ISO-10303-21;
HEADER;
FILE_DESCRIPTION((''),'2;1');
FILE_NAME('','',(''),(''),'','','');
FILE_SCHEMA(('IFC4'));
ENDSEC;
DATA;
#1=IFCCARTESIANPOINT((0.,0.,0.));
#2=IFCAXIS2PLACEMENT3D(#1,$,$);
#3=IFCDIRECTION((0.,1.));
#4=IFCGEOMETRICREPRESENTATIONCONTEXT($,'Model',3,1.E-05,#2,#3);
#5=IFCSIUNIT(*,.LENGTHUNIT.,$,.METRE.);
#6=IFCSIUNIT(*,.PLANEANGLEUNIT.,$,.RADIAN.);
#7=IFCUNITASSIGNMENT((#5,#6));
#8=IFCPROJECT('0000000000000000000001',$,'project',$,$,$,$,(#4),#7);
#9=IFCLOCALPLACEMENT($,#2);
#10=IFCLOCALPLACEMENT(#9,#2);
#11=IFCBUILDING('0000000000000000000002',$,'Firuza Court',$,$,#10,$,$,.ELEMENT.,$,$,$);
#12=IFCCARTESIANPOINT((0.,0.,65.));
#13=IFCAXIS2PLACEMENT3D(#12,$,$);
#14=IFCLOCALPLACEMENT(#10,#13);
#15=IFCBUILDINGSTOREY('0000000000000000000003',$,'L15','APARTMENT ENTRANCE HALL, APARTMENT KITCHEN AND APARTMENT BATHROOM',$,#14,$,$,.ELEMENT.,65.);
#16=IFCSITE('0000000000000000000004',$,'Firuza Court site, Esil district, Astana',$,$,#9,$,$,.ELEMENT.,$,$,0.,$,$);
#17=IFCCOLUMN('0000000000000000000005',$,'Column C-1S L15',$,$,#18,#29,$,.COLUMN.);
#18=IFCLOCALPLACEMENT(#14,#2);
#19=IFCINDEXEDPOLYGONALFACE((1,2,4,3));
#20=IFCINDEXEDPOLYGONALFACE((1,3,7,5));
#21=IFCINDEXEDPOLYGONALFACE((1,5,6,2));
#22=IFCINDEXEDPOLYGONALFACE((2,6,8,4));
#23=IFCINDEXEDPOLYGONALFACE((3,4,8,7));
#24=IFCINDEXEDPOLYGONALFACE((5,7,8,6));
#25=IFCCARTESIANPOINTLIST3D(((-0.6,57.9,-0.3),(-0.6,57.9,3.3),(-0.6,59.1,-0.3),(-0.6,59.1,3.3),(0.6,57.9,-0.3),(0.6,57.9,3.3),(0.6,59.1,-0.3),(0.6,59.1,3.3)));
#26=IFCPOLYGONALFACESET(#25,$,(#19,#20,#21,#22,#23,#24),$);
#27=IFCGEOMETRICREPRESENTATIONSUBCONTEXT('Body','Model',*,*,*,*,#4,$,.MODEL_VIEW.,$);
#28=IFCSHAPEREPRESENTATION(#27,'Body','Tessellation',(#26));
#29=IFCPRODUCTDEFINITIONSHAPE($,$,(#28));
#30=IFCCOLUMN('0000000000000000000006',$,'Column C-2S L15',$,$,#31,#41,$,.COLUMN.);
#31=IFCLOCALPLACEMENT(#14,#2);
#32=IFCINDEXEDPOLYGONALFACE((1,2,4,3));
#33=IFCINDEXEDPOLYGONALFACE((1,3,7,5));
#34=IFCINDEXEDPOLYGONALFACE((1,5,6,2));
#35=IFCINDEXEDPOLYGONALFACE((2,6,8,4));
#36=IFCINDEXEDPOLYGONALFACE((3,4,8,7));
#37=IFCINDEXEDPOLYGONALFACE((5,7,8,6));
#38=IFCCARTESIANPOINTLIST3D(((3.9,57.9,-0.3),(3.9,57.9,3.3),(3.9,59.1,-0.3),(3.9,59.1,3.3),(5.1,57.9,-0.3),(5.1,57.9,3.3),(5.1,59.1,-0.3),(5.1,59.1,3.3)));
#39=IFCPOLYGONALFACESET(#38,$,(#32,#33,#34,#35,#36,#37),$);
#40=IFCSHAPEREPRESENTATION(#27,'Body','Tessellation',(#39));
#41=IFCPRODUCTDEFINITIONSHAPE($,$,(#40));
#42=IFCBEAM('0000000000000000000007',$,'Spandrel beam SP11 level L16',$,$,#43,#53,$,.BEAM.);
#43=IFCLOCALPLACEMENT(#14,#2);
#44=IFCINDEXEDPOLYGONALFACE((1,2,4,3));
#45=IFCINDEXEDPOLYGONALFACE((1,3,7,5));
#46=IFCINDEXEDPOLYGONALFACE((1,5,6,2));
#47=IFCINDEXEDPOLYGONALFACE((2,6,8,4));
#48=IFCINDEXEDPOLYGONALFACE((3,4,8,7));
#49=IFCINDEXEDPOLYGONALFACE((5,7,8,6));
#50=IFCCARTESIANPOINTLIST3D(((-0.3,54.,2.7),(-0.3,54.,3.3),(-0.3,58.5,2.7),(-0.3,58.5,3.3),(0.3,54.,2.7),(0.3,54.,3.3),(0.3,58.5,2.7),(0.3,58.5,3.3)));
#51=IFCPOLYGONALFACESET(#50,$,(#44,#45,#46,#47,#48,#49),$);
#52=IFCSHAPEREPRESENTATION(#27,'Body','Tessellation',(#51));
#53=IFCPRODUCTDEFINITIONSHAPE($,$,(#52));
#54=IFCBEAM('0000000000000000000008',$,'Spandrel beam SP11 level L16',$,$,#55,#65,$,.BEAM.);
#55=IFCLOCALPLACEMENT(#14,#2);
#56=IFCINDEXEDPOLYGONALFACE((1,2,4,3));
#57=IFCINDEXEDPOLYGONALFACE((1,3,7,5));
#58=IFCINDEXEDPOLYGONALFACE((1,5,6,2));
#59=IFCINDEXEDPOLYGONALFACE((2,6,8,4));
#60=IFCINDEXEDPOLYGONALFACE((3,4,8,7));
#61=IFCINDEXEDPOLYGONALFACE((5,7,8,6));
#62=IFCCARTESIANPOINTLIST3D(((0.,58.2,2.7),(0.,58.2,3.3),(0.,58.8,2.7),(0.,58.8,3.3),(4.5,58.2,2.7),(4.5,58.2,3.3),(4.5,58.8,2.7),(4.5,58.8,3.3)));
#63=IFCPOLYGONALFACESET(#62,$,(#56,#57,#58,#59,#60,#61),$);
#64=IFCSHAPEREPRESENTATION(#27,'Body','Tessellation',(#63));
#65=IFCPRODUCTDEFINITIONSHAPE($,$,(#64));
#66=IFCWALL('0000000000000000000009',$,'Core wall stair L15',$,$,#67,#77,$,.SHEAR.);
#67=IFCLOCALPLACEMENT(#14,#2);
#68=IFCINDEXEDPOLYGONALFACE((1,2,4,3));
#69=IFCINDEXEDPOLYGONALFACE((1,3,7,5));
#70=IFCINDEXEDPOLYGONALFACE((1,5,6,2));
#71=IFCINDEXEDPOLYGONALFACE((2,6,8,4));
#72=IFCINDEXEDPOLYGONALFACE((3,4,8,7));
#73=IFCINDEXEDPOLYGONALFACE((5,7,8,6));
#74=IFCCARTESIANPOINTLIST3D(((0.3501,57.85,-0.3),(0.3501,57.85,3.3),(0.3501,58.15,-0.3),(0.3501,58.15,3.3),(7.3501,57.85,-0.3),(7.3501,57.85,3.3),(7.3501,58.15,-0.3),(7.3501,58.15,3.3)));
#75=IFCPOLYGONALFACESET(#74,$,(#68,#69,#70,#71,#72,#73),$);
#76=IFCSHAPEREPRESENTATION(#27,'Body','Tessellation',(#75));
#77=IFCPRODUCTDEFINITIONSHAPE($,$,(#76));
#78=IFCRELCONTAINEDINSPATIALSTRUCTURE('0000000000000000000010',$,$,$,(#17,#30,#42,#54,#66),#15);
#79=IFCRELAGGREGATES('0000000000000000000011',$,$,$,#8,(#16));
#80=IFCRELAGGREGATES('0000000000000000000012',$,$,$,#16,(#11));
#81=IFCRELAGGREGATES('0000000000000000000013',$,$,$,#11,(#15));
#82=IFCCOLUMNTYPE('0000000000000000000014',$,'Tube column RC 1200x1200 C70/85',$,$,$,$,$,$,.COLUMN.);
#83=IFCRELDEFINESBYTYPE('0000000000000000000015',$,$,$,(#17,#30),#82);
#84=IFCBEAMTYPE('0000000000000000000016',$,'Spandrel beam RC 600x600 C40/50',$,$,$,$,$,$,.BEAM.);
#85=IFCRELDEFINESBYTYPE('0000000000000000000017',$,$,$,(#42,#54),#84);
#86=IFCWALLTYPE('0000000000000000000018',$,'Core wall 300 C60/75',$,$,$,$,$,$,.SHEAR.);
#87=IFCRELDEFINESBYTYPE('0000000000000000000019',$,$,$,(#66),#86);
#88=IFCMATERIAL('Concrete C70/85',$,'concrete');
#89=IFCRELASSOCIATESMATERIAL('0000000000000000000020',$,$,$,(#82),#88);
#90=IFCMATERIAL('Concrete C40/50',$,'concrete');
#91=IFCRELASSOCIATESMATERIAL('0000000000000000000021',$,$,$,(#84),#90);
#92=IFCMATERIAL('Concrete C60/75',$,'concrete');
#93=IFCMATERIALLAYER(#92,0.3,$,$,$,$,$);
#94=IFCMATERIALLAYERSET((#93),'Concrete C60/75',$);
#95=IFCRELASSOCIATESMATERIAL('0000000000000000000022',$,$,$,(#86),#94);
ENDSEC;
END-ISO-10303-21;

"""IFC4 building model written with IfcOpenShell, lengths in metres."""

from ifc_helpers import new_model, si_unit, direction, frame, frame_2d, origin, origin_2d, place, context, subcontext, project, spatial, rectangle, extrude, material, layer, layer_set, material_profile, profile_set, type_object, element, save


model = new_model("IFC4")

# Units and contexts
model_context = context("Model", 3, precision=1e-05, world=origin(), true_north=direction((0.0, 1.0)))
body_context = subcontext(model_context, "Body", "Model", "MODEL_VIEW")
ifc_project = project(units=[si_unit("LENGTHUNIT", "METRE"), si_unit("PLANEANGLEUNIT", "RADIAN")], contexts=[model_context])

# Site, building, storey
site_placement = place(None, origin())
site = spatial("IfcSite", under=ifc_project, at=site_placement, Name="Firuza Court site, Esil district, Astana", CompositionType="ELEMENT", RefElevation=0.0)
building_placement = place(site_placement, origin())
building = spatial("IfcBuilding", under=site, at=building_placement, Name="Firuza Court", CompositionType="ELEMENT")
storey_placement = place(building_placement, frame((0.0, 0.0, 65.0)))
storey = spatial("IfcBuildingStorey", under=building, at=storey_placement, Name="L15", Description="APARTMENT ENTRANCE HALL, APARTMENT KITCHEN AND APARTMENT BATHROOM", CompositionType="ELEMENT", Elevation=65.0)

# Columns
ifc_material_1 = material(Name="Concrete C70/85", Category="concrete")
ifc_material_profile_1 = material_profile(ifc_material_1, rectangle(XDim=1.2, YDim=1.2, at=origin_2d()), Name="RC 1200x1200")
ifc_profile_set_1 = profile_set([ifc_material_profile_1], Name="Concrete C70/85")
column_type = type_object("IfcColumnType", Name="Tube column RC 1200x1200 C70/85", PredefinedType="COLUMN", material=ifc_profile_set_1)
for number, where, z_axis, x_axis, name in (
    (1, (0.0, 58.5, -0.3), (0.0, 0.0, 1.0), (1.0, 0.0, 0.0), "Column C-1S L15"),
    (2, (4.5, 58.5, -0.3), (0.0, 0.0, 1.0), (1.0, 0.0, 0.0), "Column C-2S L15"),
):
    element("IfcColumn", number, at=place(storey_placement, frame(where, z_axis=z_axis, x_axis=x_axis)), inside=storey, type_object=column_type, Name=name, PredefinedType="COLUMN", context=body_context, shape_type="SweptSolid", body=[
        extrude(rectangle(XDim=1.2, YDim=1.2, at=origin_2d()), origin(), (0.0, 0.0, 1.0), 3.6001),
    ])

# Beams
ifc_material_2 = material(Name="Concrete C40/50", Category="concrete")
ifc_material_profile_2 = material_profile(ifc_material_2, rectangle(XDim=0.6001, YDim=0.6001, at=origin_2d()), Name="RC 600x600")
ifc_profile_set_2 = profile_set([ifc_material_profile_2], Name="Concrete C40/50")
beam_type = type_object("IfcBeamType", Name="Spandrel beam RC 600x600 C40/50", PredefinedType="BEAM", material=ifc_profile_set_2)
for number, where, z_axis, x_axis, name in (
    (3, (0.0, 58.5, 3.0), (0.0, -1.0, 0.0), (1.0, 0.0, 0.0), "Spandrel beam SP11 level L16"),
    (4, (4.5, 58.5, 3.0), (-1.0, 0.0, 0.0), (0.0, -1.0, 0.0), "Spandrel beam SP11 level L16"),
):
    element("IfcBeam", number, at=place(storey_placement, frame(where, z_axis=z_axis, x_axis=x_axis)), inside=storey, type_object=beam_type, Name=name, PredefinedType="BEAM", context=body_context, shape_type="SweptSolid", body=[
        extrude(rectangle(XDim=0.6001, YDim=0.6001, at=origin_2d()), origin(), (0.0, 0.0, 1.0), 4.5),
    ])

# Wall
ifc_material_3 = material(Name="Concrete C60/75", Category="concrete")
ifc_layer_1 = layer(ifc_material_3, 0.3)
ifc_layer_set_1 = layer_set([ifc_layer_1], Name="Concrete C60/75")
wall_type_1 = type_object("IfcWallType", Name="Core wall 300 C60/75", PredefinedType="SHEAR", material=ifc_layer_set_1)
wall_1_placement = place(storey_placement, frame((0.3501, 58.0, -0.3), z_axis=(0.0, 0.0, 1.0), x_axis=(1.0, 0.0, 0.0)))
element("IfcWall", 5, at=wall_1_placement, inside=storey, type_object=wall_type_1, Name="Core wall stair L15", PredefinedType="SHEAR", context=body_context, shape_type="SweptSolid", body=[
    extrude(rectangle(XDim=7.0, YDim=0.3, at=frame_2d((3.5, 0.0))), origin(), (0.0, 0.0, 1.0), 3.6001),
])

save(model, "model.ifc")
